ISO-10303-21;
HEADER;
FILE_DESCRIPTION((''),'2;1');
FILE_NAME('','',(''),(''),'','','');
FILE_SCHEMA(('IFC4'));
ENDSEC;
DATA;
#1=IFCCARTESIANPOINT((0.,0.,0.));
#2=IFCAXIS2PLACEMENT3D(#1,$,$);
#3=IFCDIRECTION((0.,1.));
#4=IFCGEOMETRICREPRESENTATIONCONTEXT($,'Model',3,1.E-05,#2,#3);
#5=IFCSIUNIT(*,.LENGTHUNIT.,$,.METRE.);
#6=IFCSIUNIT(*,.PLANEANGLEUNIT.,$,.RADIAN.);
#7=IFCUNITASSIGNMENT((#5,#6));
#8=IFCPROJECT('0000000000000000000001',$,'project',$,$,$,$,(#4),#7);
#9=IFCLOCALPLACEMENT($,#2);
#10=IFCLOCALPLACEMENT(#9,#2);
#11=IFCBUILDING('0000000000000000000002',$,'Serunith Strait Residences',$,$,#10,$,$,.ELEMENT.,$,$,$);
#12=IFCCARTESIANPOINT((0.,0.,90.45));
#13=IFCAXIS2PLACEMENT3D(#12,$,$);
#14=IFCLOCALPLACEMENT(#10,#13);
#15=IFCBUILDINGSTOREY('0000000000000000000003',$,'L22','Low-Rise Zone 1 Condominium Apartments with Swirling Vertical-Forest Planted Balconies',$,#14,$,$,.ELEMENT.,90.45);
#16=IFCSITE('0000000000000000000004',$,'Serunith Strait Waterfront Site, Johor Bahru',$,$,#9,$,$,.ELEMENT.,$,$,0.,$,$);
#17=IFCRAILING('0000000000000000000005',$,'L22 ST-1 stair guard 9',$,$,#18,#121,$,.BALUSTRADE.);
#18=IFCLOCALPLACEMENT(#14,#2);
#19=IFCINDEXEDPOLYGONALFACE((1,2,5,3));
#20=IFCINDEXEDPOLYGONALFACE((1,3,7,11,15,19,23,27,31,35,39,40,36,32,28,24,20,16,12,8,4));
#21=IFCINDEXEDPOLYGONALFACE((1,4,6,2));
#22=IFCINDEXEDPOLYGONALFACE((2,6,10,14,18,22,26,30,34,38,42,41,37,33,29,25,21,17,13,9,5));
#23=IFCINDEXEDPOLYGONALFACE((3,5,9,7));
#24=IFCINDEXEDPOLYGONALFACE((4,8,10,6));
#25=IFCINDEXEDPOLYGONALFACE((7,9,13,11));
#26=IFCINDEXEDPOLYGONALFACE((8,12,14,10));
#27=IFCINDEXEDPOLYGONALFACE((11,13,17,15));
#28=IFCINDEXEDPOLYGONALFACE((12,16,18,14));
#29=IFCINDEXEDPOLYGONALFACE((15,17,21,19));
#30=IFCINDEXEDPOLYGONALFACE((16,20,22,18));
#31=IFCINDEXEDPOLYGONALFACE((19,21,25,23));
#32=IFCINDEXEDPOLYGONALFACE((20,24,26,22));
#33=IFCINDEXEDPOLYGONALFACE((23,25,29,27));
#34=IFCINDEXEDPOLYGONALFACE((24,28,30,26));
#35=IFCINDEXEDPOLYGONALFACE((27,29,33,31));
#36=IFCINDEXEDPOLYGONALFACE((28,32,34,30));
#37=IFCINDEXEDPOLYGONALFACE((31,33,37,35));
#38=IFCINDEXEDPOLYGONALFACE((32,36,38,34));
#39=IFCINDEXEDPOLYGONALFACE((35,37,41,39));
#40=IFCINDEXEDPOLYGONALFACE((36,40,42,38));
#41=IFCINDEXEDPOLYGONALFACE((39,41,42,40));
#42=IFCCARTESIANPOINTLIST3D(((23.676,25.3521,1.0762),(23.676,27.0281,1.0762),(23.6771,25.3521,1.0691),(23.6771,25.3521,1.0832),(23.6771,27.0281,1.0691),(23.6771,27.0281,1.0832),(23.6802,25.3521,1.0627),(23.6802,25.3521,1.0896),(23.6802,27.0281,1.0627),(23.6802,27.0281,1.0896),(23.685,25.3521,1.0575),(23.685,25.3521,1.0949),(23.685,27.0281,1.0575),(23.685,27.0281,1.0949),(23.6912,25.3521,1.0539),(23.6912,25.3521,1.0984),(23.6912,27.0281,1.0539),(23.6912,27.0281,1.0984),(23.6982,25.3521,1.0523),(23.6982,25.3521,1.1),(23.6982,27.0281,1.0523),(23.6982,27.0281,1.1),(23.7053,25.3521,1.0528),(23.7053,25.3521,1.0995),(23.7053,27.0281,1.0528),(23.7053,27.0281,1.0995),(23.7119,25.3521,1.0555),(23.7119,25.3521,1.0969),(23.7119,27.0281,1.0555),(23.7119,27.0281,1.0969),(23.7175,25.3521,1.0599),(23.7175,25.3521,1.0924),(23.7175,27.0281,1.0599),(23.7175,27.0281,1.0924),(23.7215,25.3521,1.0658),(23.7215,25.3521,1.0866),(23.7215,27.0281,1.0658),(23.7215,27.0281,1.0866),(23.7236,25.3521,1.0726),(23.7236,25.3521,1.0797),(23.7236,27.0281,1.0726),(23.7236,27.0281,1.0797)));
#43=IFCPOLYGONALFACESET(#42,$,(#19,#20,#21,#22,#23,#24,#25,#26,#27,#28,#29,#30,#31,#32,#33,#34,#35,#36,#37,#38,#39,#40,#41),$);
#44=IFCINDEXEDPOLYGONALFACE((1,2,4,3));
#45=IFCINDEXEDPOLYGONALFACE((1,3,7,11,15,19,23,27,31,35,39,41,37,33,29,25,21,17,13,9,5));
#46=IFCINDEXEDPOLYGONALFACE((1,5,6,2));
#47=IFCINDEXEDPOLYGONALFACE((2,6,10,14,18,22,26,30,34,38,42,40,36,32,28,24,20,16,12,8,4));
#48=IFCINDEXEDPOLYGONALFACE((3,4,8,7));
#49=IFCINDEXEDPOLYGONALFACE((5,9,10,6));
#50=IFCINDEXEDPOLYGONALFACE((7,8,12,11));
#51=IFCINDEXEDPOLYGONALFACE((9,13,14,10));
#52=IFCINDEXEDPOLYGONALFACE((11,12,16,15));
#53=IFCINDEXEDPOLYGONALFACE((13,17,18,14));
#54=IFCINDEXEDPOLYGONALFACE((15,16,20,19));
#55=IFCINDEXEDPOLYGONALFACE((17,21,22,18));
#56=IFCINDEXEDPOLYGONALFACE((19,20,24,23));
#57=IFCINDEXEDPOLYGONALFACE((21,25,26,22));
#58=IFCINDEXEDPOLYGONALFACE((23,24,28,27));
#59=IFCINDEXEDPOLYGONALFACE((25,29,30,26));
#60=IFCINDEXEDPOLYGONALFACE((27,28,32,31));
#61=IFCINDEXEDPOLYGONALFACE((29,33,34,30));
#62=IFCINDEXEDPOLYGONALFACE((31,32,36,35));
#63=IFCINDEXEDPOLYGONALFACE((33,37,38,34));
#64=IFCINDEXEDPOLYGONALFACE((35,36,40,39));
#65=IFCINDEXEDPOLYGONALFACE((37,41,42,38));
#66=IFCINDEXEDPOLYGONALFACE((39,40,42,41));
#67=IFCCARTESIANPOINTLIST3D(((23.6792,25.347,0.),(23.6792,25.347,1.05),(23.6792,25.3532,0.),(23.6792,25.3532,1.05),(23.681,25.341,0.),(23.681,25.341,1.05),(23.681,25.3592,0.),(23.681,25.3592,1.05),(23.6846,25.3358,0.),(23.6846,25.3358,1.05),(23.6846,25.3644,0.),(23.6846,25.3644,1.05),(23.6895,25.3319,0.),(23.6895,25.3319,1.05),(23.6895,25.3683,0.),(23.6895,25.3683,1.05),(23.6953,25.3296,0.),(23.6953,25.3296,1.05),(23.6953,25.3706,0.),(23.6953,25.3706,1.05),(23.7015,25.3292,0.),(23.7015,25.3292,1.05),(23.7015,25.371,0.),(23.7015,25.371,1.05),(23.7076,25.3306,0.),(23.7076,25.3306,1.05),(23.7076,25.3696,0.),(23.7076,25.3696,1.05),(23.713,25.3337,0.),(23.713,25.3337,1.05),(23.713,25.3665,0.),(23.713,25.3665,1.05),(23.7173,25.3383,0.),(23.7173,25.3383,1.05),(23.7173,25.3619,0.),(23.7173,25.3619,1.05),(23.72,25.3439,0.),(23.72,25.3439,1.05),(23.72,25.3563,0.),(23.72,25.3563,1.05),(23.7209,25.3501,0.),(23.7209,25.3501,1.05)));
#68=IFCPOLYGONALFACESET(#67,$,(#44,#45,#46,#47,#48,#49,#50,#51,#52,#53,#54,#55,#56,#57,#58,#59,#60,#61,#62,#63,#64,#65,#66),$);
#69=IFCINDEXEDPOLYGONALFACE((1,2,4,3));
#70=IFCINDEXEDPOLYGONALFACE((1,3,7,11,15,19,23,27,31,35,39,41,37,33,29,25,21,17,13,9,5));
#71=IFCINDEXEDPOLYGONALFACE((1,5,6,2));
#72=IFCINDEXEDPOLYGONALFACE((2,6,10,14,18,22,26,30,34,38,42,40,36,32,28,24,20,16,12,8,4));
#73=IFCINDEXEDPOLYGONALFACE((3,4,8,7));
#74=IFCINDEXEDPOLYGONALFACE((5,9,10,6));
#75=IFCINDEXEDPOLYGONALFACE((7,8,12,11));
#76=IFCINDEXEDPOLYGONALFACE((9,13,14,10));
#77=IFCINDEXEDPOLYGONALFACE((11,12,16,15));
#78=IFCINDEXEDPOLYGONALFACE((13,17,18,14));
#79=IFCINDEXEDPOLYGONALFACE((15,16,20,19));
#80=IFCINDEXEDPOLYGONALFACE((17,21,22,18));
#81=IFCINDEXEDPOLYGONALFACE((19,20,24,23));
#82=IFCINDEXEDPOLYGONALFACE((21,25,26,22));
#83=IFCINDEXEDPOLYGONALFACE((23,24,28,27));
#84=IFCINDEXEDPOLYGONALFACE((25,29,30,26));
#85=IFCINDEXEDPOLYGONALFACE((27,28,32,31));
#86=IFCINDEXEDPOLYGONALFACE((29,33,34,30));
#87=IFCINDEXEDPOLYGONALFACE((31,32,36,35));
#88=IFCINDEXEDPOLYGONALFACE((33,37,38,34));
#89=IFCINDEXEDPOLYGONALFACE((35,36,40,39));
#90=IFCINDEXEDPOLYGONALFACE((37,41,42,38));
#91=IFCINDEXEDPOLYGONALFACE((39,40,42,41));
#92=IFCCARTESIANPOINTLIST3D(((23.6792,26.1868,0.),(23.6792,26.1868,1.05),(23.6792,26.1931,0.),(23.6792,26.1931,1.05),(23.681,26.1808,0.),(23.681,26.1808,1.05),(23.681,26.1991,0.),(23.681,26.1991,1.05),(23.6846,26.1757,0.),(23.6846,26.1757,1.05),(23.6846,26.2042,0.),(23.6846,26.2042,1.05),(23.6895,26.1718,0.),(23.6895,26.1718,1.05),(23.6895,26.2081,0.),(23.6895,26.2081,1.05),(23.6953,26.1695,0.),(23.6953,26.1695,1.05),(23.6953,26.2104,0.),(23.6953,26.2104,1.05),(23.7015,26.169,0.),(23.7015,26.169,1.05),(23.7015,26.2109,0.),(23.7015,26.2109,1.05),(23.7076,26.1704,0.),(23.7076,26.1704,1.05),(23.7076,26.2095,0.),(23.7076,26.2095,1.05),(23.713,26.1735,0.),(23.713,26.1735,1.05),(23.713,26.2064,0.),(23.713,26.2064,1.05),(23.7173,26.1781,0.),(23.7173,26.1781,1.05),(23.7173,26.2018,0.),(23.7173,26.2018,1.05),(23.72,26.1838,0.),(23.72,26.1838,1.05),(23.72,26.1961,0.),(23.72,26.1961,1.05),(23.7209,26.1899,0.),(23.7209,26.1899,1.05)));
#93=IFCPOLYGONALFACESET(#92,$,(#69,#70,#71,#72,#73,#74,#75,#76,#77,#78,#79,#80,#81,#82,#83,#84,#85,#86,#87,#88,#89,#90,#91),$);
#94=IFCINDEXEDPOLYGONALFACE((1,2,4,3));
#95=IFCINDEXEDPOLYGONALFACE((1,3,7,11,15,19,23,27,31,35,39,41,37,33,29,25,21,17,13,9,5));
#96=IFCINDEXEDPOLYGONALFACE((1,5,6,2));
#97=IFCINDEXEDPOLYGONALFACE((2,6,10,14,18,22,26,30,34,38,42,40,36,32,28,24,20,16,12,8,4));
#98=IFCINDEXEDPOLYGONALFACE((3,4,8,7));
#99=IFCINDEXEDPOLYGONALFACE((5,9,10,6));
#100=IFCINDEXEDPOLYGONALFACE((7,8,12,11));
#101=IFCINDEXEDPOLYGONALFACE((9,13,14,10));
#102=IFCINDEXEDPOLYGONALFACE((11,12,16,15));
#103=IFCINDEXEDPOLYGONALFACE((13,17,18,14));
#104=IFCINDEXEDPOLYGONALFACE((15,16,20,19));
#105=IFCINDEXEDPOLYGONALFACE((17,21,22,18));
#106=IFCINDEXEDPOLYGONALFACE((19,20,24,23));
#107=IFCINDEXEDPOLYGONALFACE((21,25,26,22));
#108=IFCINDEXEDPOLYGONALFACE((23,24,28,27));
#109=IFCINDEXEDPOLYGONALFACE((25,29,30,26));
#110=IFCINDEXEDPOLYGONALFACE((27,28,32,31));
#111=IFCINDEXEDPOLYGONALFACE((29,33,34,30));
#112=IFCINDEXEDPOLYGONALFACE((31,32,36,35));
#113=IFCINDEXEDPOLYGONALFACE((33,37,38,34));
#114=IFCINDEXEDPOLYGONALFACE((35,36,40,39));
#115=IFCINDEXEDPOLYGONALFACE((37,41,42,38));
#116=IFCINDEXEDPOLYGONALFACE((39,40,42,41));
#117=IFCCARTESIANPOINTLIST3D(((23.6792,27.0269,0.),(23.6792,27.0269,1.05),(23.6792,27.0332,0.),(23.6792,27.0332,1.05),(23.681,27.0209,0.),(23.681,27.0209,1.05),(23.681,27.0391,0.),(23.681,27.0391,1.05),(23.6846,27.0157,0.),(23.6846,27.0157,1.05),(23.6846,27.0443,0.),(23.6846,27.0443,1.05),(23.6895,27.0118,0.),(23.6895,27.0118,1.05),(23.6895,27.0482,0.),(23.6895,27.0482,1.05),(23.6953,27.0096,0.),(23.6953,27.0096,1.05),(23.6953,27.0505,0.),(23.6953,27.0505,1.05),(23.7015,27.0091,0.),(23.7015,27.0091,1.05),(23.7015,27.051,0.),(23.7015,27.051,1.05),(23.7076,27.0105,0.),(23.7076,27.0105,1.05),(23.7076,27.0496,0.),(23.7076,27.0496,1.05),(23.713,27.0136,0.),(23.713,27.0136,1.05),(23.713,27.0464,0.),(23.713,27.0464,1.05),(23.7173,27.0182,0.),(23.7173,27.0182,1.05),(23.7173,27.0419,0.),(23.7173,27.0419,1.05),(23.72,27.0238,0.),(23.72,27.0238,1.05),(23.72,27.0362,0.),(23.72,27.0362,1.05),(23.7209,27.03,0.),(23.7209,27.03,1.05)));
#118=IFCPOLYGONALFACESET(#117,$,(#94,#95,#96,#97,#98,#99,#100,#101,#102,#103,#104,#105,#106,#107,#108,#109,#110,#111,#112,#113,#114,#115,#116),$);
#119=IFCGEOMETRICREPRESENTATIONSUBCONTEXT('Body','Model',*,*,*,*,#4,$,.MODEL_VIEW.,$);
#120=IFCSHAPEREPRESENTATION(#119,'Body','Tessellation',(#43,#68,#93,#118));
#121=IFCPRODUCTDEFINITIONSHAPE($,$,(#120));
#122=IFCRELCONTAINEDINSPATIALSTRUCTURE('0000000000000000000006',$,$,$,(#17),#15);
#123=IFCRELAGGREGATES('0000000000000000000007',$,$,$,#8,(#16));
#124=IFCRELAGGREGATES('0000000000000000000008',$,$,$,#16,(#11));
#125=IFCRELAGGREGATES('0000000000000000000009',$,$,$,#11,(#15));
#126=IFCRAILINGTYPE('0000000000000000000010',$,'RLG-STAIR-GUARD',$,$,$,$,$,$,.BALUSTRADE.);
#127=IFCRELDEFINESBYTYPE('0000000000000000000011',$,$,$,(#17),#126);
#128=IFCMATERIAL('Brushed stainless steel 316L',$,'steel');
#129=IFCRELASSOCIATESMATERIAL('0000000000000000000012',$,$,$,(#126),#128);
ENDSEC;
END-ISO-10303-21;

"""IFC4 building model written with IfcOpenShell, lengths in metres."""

from ifc_helpers import new_model, si_unit, direction, frame, origin, origin_2d, place, context, subcontext, project, spatial, circle, extrude, material, type_object, element, save


model = new_model("IFC4")

# Units and contexts
model_context = context("Model", 3, precision=1e-05, world=origin(), true_north=direction((0.0, 1.0)))
body_context = subcontext(model_context, "Body", "Model", "MODEL_VIEW")
ifc_project = project(units=[si_unit("LENGTHUNIT", "METRE"), si_unit("PLANEANGLEUNIT", "RADIAN")], contexts=[model_context])

# Site, building, storey
site_placement = place(None, origin())
site = spatial("IfcSite", under=ifc_project, at=site_placement, Name="Serunith Strait Waterfront Site, Johor Bahru", CompositionType="ELEMENT", RefElevation=0.0)
building_placement = place(site_placement, origin())
building = spatial("IfcBuilding", under=site, at=building_placement, Name="Serunith Strait Residences", CompositionType="ELEMENT")
storey_placement = place(building_placement, frame((0.0, 0.0, 90.45)))
storey = spatial("IfcBuildingStorey", under=building, at=storey_placement, Name="L22", Description="Low-Rise Zone 1 Condominium Apartments with Swirling Vertical-Forest Planted Balconies", CompositionType="ELEMENT", Elevation=90.45)

# Railing
ifc_material_1 = material(Name="Brushed stainless steel 316L", Category="steel")
railing_type_1 = type_object("IfcRailingType", Name="RLG-STAIR-GUARD", PredefinedType="BALUSTRADE", material=ifc_material_1)
for number, where, name in (
    (1, (23.7, 25.3501, 0.0), "L22 ST-1 stair guard 9"),
):
    element("IfcRailing", number, at=place(storey_placement, frame(where)), inside=storey, type_object=railing_type_1, Name=name, PredefinedType="BALUSTRADE", context=body_context, shape_type="SweptSolid", body=[
        extrude(circle(Radius=0.0239, at=origin_2d()), frame((0.0, 0.002, 1.0762), z_axis=(0.0, 1.0, 0.0), x_axis=(-1.0, 0.0, 0.0)), (0.0, 0.0, 1.0), 1.676),
        extrude(circle(Radius=0.021, at=origin_2d()), origin(), (0.0, 0.0, 1.0), 1.05),
        extrude(circle(Radius=0.021, at=origin_2d()), frame((0.0, 0.8398, 0.0)), (0.0, 0.0, 1.0), 1.05),
        extrude(circle(Radius=0.021, at=origin_2d()), frame((0.0, 1.6799, 0.0)), (0.0, 0.0, 1.0), 1.05),
    ])

save(model, "model.ifc")
